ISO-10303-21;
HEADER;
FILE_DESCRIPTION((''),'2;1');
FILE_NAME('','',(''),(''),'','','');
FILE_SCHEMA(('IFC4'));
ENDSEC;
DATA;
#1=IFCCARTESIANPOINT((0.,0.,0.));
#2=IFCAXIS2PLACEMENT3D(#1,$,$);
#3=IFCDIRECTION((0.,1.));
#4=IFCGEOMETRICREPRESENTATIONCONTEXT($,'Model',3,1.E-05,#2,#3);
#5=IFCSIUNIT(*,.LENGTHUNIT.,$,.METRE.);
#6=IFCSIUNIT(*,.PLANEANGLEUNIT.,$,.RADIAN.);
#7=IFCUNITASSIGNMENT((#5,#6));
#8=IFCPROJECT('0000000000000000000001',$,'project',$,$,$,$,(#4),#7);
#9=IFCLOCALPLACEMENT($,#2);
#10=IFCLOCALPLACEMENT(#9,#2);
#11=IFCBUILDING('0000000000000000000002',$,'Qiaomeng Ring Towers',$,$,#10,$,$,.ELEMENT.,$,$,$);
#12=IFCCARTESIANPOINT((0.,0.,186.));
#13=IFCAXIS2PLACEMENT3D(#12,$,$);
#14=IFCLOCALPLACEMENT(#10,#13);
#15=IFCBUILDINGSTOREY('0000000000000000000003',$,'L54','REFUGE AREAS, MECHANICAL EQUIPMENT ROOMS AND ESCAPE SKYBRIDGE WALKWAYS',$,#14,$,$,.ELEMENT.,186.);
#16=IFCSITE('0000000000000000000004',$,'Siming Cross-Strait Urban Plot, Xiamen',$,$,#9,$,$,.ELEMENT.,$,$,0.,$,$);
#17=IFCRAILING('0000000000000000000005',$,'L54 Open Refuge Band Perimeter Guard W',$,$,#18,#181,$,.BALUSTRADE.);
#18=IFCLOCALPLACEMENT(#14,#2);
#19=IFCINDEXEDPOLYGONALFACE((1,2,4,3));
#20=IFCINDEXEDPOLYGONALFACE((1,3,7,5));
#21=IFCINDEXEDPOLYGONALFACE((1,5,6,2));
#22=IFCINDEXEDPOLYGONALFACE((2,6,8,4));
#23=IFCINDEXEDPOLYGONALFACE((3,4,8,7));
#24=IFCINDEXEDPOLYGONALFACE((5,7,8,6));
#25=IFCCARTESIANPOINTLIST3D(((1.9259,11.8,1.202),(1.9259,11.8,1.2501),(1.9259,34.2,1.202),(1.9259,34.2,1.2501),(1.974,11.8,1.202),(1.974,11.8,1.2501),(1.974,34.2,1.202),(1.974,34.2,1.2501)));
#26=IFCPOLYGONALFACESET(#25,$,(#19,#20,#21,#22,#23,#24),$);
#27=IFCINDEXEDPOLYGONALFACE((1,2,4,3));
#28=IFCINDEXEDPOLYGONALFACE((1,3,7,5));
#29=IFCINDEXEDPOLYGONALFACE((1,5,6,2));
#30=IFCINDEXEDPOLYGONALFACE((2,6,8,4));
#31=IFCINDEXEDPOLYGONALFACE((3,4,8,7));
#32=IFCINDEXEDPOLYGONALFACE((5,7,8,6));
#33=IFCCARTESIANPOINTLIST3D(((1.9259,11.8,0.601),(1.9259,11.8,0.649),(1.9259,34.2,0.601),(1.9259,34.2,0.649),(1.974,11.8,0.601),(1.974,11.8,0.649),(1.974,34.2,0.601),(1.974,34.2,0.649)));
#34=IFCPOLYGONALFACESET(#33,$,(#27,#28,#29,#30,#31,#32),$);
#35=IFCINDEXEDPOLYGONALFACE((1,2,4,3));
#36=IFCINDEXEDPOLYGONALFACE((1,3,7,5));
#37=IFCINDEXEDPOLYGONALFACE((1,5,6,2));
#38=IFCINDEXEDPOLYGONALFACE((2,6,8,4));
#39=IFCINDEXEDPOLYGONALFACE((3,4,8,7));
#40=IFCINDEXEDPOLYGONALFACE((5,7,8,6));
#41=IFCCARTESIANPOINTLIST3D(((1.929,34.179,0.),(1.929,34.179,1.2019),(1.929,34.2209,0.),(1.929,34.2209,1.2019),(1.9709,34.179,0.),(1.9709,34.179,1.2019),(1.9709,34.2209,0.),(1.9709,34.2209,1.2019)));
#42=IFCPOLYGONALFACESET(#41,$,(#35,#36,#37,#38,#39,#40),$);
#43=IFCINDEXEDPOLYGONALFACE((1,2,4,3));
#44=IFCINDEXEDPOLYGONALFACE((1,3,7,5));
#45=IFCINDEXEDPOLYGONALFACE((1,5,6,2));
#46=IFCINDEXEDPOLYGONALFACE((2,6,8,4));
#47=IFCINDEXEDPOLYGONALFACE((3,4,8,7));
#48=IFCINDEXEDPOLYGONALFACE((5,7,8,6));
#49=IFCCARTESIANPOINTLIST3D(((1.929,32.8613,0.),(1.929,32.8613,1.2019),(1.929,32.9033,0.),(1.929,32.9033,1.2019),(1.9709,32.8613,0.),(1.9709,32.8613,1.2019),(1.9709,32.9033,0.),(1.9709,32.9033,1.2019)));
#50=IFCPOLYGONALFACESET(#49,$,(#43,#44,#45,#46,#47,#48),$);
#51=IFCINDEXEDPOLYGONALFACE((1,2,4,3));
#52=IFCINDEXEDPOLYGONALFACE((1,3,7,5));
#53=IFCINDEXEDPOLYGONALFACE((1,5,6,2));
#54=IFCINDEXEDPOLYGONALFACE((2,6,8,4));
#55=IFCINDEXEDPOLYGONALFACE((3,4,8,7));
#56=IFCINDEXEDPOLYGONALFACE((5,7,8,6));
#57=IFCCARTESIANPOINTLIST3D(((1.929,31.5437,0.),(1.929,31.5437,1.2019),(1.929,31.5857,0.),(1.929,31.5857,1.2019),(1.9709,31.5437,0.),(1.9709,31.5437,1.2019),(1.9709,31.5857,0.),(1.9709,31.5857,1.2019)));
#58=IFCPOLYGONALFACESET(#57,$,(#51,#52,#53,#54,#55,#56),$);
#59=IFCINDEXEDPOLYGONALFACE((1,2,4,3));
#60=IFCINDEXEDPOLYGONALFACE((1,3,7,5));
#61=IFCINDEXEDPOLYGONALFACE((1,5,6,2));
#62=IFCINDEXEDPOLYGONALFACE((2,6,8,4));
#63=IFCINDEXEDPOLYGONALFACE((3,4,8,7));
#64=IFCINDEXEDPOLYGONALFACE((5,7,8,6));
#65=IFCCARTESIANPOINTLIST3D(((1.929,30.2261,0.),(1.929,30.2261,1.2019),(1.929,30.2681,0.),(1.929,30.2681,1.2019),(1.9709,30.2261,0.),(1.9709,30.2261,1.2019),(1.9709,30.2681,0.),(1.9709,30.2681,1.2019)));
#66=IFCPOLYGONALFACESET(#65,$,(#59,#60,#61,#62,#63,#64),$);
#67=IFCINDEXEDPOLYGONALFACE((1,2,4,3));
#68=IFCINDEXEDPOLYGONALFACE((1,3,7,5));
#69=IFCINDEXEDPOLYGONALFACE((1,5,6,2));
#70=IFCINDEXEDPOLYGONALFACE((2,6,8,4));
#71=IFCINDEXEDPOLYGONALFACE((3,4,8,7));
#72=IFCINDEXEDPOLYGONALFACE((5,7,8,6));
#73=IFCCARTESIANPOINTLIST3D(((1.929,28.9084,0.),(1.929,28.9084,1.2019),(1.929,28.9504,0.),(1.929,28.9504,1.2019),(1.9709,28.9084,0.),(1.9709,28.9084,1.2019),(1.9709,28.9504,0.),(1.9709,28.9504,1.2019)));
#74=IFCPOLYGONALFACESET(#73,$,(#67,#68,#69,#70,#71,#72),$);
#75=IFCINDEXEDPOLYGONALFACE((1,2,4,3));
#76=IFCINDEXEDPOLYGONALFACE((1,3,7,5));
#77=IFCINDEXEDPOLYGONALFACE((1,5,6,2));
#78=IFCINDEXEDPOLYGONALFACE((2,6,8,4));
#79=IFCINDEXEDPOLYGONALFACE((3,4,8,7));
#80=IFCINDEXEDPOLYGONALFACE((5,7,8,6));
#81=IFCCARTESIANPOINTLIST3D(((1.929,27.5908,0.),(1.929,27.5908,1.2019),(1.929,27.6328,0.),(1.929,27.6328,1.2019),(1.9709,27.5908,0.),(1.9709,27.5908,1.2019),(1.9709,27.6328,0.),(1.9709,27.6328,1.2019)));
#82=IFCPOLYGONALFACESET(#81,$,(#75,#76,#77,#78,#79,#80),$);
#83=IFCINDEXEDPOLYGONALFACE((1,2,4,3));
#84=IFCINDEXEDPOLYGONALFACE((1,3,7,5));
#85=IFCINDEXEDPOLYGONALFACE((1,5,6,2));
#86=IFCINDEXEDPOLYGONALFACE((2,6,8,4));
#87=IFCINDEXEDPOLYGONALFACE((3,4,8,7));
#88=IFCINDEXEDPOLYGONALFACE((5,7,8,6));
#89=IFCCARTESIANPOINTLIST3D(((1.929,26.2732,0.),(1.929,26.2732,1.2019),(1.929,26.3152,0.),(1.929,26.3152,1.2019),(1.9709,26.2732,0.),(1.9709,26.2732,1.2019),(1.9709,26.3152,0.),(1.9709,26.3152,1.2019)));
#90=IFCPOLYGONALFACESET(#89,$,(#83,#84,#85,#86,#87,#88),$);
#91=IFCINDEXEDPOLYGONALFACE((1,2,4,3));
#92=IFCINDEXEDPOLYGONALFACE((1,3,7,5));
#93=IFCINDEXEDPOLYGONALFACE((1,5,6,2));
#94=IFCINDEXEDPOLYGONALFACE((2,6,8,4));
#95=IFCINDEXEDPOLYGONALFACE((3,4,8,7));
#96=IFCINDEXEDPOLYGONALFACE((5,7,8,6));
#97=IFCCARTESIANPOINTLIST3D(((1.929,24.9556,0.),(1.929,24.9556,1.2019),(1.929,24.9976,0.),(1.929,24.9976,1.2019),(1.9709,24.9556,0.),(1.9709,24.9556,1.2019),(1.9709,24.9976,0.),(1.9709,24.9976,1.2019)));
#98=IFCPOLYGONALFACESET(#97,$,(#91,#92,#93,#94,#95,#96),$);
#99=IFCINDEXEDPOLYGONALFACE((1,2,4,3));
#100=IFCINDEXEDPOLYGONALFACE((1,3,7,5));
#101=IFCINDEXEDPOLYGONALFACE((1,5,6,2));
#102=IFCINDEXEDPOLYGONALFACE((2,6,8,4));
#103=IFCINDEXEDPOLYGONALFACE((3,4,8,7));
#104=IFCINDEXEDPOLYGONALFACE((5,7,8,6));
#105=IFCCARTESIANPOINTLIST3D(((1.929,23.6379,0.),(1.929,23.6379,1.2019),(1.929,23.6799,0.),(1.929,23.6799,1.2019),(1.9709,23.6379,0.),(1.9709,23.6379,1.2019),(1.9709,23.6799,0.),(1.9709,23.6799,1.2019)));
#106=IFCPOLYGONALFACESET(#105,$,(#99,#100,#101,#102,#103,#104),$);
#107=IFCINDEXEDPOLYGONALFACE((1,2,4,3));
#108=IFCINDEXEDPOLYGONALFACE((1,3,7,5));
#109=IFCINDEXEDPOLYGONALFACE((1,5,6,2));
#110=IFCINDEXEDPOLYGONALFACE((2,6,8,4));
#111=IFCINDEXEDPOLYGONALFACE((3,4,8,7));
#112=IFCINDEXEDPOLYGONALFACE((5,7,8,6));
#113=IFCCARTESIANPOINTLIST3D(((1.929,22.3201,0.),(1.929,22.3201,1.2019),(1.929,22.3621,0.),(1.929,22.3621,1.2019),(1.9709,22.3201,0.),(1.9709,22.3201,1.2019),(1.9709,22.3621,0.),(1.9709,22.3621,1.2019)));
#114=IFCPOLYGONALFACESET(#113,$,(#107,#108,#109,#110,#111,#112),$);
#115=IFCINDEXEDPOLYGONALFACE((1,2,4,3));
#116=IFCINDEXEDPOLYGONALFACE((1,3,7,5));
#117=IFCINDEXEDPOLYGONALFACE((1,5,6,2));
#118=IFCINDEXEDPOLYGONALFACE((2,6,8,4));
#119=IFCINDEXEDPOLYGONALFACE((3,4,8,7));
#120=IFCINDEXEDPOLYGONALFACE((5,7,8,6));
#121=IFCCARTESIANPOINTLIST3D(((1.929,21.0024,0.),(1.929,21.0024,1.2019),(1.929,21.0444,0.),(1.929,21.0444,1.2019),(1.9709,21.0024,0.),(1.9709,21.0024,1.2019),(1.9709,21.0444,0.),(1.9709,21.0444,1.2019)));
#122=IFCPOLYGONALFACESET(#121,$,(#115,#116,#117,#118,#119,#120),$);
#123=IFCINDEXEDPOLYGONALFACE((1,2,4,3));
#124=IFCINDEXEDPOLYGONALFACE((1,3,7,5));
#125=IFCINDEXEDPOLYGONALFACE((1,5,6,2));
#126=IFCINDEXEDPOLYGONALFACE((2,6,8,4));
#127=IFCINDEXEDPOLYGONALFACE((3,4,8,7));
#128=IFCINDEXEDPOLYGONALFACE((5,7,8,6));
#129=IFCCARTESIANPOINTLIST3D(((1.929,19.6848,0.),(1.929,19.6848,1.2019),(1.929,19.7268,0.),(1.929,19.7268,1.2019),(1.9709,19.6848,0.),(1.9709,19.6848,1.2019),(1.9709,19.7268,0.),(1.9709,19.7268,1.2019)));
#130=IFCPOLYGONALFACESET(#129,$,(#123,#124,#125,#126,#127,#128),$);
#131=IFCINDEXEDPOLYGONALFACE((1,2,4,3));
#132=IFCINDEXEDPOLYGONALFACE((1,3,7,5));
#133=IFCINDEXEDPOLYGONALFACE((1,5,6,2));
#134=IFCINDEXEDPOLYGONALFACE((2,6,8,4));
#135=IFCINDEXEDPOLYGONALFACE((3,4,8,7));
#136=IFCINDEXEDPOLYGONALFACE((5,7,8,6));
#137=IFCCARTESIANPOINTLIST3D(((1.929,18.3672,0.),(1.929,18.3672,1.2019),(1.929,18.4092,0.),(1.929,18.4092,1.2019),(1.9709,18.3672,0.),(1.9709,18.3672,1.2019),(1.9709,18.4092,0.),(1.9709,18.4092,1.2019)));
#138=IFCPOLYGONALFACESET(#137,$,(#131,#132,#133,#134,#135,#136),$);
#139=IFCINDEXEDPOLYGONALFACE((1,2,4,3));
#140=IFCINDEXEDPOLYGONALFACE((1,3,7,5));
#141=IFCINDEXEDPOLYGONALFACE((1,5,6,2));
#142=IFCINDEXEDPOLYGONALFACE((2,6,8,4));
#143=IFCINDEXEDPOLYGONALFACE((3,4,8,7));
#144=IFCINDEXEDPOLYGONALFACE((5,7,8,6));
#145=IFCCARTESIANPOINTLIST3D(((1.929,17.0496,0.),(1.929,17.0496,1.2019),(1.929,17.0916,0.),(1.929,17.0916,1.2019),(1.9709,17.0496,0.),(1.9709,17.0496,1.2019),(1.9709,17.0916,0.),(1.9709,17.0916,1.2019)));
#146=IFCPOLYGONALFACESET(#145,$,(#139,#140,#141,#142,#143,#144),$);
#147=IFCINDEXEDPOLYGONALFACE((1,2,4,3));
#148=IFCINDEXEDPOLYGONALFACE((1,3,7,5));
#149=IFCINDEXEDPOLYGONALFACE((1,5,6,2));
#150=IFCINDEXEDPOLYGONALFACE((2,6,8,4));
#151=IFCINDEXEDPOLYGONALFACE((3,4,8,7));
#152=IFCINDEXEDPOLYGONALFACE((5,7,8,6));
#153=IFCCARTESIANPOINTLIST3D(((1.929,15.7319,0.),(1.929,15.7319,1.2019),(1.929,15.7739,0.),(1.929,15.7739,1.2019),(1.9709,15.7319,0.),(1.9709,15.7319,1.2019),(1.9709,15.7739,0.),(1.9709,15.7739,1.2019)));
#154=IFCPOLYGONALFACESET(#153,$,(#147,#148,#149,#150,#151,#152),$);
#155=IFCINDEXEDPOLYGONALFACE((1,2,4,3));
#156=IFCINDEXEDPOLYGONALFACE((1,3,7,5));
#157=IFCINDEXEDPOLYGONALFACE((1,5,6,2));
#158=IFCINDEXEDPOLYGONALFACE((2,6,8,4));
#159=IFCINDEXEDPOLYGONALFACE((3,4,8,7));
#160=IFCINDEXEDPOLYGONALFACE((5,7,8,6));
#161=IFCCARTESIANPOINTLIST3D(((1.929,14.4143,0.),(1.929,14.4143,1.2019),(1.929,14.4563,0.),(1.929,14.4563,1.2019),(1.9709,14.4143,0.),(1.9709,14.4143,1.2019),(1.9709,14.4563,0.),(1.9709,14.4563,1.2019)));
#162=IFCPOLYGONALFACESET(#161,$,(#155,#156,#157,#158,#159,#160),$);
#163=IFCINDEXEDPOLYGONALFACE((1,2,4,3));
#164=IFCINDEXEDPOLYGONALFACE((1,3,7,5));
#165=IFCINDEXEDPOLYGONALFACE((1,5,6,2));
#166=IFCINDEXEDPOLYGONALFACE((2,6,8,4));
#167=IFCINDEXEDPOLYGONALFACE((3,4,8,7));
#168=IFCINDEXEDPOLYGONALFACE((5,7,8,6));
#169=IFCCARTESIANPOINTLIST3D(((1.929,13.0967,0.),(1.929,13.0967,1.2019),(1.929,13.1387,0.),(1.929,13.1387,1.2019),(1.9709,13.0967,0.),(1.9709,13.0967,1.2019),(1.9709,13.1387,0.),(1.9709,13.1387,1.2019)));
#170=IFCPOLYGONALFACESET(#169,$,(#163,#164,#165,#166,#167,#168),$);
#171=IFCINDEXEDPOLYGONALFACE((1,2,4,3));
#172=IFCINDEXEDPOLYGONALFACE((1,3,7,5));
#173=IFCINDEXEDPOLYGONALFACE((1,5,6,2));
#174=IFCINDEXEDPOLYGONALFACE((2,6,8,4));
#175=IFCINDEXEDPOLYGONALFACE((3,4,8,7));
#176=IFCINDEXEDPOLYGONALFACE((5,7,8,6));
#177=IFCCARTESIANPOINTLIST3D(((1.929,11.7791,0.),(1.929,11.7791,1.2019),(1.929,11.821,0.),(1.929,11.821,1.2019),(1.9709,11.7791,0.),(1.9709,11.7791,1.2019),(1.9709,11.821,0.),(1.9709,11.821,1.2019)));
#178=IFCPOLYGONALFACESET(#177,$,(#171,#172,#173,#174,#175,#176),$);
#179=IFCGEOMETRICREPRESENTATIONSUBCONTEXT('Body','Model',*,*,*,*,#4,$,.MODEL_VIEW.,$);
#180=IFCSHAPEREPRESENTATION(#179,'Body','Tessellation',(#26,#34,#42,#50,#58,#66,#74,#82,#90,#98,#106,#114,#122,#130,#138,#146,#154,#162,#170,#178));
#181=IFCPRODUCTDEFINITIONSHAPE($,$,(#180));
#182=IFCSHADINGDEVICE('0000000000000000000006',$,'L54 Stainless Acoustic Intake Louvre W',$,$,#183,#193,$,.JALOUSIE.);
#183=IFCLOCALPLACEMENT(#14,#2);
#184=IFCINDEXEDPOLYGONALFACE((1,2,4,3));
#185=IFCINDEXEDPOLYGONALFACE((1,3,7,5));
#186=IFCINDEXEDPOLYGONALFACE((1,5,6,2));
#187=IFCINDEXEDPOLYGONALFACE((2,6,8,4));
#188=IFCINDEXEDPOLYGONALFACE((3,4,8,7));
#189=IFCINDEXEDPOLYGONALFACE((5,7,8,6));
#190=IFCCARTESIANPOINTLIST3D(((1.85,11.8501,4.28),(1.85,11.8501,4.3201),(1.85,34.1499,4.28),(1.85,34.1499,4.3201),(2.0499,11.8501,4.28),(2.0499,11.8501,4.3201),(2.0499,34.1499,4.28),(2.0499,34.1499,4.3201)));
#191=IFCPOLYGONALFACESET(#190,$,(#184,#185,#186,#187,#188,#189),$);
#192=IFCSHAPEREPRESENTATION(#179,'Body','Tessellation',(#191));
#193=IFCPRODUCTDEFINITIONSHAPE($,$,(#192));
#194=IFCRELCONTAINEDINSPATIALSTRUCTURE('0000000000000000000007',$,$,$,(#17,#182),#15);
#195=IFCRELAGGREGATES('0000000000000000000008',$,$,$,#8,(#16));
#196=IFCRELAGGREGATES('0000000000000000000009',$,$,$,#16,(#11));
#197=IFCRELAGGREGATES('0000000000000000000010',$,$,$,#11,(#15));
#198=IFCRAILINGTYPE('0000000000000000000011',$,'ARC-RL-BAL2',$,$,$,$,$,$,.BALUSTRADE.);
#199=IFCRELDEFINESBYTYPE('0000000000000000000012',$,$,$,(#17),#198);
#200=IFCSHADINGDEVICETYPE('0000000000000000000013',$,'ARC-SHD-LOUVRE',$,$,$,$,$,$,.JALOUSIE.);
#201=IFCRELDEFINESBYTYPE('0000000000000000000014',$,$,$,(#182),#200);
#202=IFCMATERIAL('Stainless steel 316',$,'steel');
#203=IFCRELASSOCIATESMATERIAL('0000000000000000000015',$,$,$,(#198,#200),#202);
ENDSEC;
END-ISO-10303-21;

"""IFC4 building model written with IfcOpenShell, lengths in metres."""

from ifc_helpers import new_model, si_unit, direction, frame, origin, origin_2d, place, context, subcontext, project, spatial, rectangle, extrude, source, transform, mapped, material, material_profile, profile_set, type_object, element, save


model = new_model("IFC4")

# Units and contexts
model_context = context("Model", 3, precision=1e-05, world=origin(), true_north=direction((0.0, 1.0)))
body_context = subcontext(model_context, "Body", "Model", "MODEL_VIEW")
ifc_project = project(units=[si_unit("LENGTHUNIT", "METRE"), si_unit("PLANEANGLEUNIT", "RADIAN")], contexts=[model_context])

# Site, building, storey
site_placement = place(None, origin())
site = spatial("IfcSite", under=ifc_project, at=site_placement, Name="Siming Cross-Strait Urban Plot, Xiamen", CompositionType="ELEMENT", RefElevation=0.0)
building_placement = place(site_placement, origin())
building = spatial("IfcBuilding", under=site, at=building_placement, Name="Qiaomeng Ring Towers", CompositionType="ELEMENT")
storey_placement = place(building_placement, frame((0.0, 0.0, 186.0)))
storey = spatial("IfcBuildingStorey", under=building, at=storey_placement, Name="L54", Description="REFUGE AREAS, MECHANICAL EQUIPMENT ROOMS AND ESCAPE SKYBRIDGE WALKWAYS", CompositionType="ELEMENT", Elevation=186.0)

# Railing
ifc_material_1 = material(Name="Stainless steel 316", Category="steel")
railing_type = type_object("IfcRailingType", Name="ARC-RL-BAL2", PredefinedType="BALUSTRADE", material=ifc_material_1)
railing_placement = place(storey_placement, frame((1.95, 34.2, 0.0)))
element("IfcRailing", 1, at=railing_placement, inside=storey, type_object=railing_type, Name="L54 Open Refuge Band Perimeter Guard W", PredefinedType="BALUSTRADE", context=body_context, shape_type="SweptSolid", body=[
    extrude(rectangle(XDim=0.0481, YDim=0.0481, at=origin_2d()), frame((0.0, 0.0, 1.2261), z_axis=(0.0, -1.0, 0.0), x_axis=(1.0, 0.0, 0.0)), (0.0, 0.0, 1.0), 22.3999),
    extrude(rectangle(XDim=0.0481, YDim=0.0481, at=origin_2d()), frame((0.0, 0.0, 0.625), z_axis=(0.0, -1.0, 0.0), x_axis=(1.0, 0.0, 0.0)), (0.0, 0.0, 1.0), 22.3999),
    extrude(rectangle(XDim=0.042, YDim=0.042, at=origin_2d()), origin(), (0.0, 0.0, 1.0), 1.2019),
    extrude(rectangle(XDim=0.042, YDim=0.042, at=origin_2d()), frame((0.0, -1.3176, 0.0)), (0.0, 0.0, 1.0), 1.2019),
    extrude(rectangle(XDim=0.042, YDim=0.042, at=origin_2d()), frame((0.0, -2.6353, 0.0)), (0.0, 0.0, 1.0), 1.2019),
    extrude(rectangle(XDim=0.042, YDim=0.042, at=origin_2d()), frame((0.0, -3.9529, 0.0)), (0.0, 0.0, 1.0), 1.2019),
    extrude(rectangle(XDim=0.042, YDim=0.042, at=origin_2d()), frame((0.0, -5.2705, 0.0)), (0.0, 0.0, 1.0), 1.2019),
    extrude(rectangle(XDim=0.042, YDim=0.042, at=origin_2d()), frame((0.0, -6.5881, 0.0)), (0.0, 0.0, 1.0), 1.2019),
    extrude(rectangle(XDim=0.042, YDim=0.042, at=origin_2d()), frame((0.0, -7.9058, 0.0)), (0.0, 0.0, 1.0), 1.2019),
    extrude(rectangle(XDim=0.042, YDim=0.042, at=origin_2d()), frame((0.0, -9.2234, 0.0)), (0.0, 0.0, 1.0), 1.2019),
    extrude(rectangle(XDim=0.042, YDim=0.042, at=origin_2d()), frame((0.0, -10.541, 0.0)), (0.0, 0.0, 1.0), 1.2019),
    extrude(rectangle(XDim=0.042, YDim=0.042, at=origin_2d()), frame((0.0, -11.8589, 0.0)), (0.0, 0.0, 1.0), 1.2019),
    extrude(rectangle(XDim=0.042, YDim=0.042, at=origin_2d()), frame((0.0, -13.1765, 0.0)), (0.0, 0.0, 1.0), 1.2019),
    extrude(rectangle(XDim=0.042, YDim=0.042, at=origin_2d()), frame((0.0, -14.4941, 0.0)), (0.0, 0.0, 1.0), 1.2019),
    extrude(rectangle(XDim=0.042, YDim=0.042, at=origin_2d()), frame((0.0, -15.8118, 0.0)), (0.0, 0.0, 1.0), 1.2019),
    extrude(rectangle(XDim=0.042, YDim=0.042, at=origin_2d()), frame((0.0, -17.1294, 0.0)), (0.0, 0.0, 1.0), 1.2019),
    extrude(rectangle(XDim=0.042, YDim=0.042, at=origin_2d()), frame((0.0, -18.447, 0.0)), (0.0, 0.0, 1.0), 1.2019),
    extrude(rectangle(XDim=0.042, YDim=0.042, at=origin_2d()), frame((0.0, -19.7646, 0.0)), (0.0, 0.0, 1.0), 1.2019),
    extrude(rectangle(XDim=0.042, YDim=0.042, at=origin_2d()), frame((0.0, -21.0823, 0.0)), (0.0, 0.0, 1.0), 1.2019),
    extrude(rectangle(XDim=0.042, YDim=0.042, at=origin_2d()), frame((0.0, -22.3999, 0.0)), (0.0, 0.0, 1.0), 1.2019),
])

# Shading device
ifc_material_profile_1 = material_profile(ifc_material_1, rectangle(XDim=0.2, YDim=0.04, at=origin_2d()), Name="LV BLADE 200x40")
ifc_profile_set_1 = profile_set([ifc_material_profile_1], Name="Stainless steel 316")
shading_device_type = type_object("IfcShadingDeviceType", Name="ARC-SHD-LOUVRE", PredefinedType="JALOUSIE", material=ifc_profile_set_1)
shared_shape_1 = source(origin(), body_context, "Body", "SweptSolid", [
    extrude(rectangle(XDim=0.2, YDim=0.04, at=origin_2d()), origin(), (0.0, 0.0, 1.0), 22.2998),
])
shading_device_placement = place(storey_placement, frame((1.95, 34.1499, 4.3), z_axis=(0.0, -1.0, 0.0), x_axis=(1.0, 0.0, 0.0)))
element("IfcShadingDevice", 2, at=shading_device_placement, inside=storey, type_object=shading_device_type, Name="L54 Stainless Acoustic Intake Louvre W", PredefinedType="JALOUSIE", context=body_context, shape_type="MappedRepresentation", body=[
    mapped(shared_shape_1, transform((0.0, 0.0, 0.0), x_axis=(1.0, 0.0, 0.0), y_axis=(0.0, 1.0, 0.0), z_axis=(0.0, 0.0, 1.0), scale=1.0)),
])

save(model, "model.ifc")
